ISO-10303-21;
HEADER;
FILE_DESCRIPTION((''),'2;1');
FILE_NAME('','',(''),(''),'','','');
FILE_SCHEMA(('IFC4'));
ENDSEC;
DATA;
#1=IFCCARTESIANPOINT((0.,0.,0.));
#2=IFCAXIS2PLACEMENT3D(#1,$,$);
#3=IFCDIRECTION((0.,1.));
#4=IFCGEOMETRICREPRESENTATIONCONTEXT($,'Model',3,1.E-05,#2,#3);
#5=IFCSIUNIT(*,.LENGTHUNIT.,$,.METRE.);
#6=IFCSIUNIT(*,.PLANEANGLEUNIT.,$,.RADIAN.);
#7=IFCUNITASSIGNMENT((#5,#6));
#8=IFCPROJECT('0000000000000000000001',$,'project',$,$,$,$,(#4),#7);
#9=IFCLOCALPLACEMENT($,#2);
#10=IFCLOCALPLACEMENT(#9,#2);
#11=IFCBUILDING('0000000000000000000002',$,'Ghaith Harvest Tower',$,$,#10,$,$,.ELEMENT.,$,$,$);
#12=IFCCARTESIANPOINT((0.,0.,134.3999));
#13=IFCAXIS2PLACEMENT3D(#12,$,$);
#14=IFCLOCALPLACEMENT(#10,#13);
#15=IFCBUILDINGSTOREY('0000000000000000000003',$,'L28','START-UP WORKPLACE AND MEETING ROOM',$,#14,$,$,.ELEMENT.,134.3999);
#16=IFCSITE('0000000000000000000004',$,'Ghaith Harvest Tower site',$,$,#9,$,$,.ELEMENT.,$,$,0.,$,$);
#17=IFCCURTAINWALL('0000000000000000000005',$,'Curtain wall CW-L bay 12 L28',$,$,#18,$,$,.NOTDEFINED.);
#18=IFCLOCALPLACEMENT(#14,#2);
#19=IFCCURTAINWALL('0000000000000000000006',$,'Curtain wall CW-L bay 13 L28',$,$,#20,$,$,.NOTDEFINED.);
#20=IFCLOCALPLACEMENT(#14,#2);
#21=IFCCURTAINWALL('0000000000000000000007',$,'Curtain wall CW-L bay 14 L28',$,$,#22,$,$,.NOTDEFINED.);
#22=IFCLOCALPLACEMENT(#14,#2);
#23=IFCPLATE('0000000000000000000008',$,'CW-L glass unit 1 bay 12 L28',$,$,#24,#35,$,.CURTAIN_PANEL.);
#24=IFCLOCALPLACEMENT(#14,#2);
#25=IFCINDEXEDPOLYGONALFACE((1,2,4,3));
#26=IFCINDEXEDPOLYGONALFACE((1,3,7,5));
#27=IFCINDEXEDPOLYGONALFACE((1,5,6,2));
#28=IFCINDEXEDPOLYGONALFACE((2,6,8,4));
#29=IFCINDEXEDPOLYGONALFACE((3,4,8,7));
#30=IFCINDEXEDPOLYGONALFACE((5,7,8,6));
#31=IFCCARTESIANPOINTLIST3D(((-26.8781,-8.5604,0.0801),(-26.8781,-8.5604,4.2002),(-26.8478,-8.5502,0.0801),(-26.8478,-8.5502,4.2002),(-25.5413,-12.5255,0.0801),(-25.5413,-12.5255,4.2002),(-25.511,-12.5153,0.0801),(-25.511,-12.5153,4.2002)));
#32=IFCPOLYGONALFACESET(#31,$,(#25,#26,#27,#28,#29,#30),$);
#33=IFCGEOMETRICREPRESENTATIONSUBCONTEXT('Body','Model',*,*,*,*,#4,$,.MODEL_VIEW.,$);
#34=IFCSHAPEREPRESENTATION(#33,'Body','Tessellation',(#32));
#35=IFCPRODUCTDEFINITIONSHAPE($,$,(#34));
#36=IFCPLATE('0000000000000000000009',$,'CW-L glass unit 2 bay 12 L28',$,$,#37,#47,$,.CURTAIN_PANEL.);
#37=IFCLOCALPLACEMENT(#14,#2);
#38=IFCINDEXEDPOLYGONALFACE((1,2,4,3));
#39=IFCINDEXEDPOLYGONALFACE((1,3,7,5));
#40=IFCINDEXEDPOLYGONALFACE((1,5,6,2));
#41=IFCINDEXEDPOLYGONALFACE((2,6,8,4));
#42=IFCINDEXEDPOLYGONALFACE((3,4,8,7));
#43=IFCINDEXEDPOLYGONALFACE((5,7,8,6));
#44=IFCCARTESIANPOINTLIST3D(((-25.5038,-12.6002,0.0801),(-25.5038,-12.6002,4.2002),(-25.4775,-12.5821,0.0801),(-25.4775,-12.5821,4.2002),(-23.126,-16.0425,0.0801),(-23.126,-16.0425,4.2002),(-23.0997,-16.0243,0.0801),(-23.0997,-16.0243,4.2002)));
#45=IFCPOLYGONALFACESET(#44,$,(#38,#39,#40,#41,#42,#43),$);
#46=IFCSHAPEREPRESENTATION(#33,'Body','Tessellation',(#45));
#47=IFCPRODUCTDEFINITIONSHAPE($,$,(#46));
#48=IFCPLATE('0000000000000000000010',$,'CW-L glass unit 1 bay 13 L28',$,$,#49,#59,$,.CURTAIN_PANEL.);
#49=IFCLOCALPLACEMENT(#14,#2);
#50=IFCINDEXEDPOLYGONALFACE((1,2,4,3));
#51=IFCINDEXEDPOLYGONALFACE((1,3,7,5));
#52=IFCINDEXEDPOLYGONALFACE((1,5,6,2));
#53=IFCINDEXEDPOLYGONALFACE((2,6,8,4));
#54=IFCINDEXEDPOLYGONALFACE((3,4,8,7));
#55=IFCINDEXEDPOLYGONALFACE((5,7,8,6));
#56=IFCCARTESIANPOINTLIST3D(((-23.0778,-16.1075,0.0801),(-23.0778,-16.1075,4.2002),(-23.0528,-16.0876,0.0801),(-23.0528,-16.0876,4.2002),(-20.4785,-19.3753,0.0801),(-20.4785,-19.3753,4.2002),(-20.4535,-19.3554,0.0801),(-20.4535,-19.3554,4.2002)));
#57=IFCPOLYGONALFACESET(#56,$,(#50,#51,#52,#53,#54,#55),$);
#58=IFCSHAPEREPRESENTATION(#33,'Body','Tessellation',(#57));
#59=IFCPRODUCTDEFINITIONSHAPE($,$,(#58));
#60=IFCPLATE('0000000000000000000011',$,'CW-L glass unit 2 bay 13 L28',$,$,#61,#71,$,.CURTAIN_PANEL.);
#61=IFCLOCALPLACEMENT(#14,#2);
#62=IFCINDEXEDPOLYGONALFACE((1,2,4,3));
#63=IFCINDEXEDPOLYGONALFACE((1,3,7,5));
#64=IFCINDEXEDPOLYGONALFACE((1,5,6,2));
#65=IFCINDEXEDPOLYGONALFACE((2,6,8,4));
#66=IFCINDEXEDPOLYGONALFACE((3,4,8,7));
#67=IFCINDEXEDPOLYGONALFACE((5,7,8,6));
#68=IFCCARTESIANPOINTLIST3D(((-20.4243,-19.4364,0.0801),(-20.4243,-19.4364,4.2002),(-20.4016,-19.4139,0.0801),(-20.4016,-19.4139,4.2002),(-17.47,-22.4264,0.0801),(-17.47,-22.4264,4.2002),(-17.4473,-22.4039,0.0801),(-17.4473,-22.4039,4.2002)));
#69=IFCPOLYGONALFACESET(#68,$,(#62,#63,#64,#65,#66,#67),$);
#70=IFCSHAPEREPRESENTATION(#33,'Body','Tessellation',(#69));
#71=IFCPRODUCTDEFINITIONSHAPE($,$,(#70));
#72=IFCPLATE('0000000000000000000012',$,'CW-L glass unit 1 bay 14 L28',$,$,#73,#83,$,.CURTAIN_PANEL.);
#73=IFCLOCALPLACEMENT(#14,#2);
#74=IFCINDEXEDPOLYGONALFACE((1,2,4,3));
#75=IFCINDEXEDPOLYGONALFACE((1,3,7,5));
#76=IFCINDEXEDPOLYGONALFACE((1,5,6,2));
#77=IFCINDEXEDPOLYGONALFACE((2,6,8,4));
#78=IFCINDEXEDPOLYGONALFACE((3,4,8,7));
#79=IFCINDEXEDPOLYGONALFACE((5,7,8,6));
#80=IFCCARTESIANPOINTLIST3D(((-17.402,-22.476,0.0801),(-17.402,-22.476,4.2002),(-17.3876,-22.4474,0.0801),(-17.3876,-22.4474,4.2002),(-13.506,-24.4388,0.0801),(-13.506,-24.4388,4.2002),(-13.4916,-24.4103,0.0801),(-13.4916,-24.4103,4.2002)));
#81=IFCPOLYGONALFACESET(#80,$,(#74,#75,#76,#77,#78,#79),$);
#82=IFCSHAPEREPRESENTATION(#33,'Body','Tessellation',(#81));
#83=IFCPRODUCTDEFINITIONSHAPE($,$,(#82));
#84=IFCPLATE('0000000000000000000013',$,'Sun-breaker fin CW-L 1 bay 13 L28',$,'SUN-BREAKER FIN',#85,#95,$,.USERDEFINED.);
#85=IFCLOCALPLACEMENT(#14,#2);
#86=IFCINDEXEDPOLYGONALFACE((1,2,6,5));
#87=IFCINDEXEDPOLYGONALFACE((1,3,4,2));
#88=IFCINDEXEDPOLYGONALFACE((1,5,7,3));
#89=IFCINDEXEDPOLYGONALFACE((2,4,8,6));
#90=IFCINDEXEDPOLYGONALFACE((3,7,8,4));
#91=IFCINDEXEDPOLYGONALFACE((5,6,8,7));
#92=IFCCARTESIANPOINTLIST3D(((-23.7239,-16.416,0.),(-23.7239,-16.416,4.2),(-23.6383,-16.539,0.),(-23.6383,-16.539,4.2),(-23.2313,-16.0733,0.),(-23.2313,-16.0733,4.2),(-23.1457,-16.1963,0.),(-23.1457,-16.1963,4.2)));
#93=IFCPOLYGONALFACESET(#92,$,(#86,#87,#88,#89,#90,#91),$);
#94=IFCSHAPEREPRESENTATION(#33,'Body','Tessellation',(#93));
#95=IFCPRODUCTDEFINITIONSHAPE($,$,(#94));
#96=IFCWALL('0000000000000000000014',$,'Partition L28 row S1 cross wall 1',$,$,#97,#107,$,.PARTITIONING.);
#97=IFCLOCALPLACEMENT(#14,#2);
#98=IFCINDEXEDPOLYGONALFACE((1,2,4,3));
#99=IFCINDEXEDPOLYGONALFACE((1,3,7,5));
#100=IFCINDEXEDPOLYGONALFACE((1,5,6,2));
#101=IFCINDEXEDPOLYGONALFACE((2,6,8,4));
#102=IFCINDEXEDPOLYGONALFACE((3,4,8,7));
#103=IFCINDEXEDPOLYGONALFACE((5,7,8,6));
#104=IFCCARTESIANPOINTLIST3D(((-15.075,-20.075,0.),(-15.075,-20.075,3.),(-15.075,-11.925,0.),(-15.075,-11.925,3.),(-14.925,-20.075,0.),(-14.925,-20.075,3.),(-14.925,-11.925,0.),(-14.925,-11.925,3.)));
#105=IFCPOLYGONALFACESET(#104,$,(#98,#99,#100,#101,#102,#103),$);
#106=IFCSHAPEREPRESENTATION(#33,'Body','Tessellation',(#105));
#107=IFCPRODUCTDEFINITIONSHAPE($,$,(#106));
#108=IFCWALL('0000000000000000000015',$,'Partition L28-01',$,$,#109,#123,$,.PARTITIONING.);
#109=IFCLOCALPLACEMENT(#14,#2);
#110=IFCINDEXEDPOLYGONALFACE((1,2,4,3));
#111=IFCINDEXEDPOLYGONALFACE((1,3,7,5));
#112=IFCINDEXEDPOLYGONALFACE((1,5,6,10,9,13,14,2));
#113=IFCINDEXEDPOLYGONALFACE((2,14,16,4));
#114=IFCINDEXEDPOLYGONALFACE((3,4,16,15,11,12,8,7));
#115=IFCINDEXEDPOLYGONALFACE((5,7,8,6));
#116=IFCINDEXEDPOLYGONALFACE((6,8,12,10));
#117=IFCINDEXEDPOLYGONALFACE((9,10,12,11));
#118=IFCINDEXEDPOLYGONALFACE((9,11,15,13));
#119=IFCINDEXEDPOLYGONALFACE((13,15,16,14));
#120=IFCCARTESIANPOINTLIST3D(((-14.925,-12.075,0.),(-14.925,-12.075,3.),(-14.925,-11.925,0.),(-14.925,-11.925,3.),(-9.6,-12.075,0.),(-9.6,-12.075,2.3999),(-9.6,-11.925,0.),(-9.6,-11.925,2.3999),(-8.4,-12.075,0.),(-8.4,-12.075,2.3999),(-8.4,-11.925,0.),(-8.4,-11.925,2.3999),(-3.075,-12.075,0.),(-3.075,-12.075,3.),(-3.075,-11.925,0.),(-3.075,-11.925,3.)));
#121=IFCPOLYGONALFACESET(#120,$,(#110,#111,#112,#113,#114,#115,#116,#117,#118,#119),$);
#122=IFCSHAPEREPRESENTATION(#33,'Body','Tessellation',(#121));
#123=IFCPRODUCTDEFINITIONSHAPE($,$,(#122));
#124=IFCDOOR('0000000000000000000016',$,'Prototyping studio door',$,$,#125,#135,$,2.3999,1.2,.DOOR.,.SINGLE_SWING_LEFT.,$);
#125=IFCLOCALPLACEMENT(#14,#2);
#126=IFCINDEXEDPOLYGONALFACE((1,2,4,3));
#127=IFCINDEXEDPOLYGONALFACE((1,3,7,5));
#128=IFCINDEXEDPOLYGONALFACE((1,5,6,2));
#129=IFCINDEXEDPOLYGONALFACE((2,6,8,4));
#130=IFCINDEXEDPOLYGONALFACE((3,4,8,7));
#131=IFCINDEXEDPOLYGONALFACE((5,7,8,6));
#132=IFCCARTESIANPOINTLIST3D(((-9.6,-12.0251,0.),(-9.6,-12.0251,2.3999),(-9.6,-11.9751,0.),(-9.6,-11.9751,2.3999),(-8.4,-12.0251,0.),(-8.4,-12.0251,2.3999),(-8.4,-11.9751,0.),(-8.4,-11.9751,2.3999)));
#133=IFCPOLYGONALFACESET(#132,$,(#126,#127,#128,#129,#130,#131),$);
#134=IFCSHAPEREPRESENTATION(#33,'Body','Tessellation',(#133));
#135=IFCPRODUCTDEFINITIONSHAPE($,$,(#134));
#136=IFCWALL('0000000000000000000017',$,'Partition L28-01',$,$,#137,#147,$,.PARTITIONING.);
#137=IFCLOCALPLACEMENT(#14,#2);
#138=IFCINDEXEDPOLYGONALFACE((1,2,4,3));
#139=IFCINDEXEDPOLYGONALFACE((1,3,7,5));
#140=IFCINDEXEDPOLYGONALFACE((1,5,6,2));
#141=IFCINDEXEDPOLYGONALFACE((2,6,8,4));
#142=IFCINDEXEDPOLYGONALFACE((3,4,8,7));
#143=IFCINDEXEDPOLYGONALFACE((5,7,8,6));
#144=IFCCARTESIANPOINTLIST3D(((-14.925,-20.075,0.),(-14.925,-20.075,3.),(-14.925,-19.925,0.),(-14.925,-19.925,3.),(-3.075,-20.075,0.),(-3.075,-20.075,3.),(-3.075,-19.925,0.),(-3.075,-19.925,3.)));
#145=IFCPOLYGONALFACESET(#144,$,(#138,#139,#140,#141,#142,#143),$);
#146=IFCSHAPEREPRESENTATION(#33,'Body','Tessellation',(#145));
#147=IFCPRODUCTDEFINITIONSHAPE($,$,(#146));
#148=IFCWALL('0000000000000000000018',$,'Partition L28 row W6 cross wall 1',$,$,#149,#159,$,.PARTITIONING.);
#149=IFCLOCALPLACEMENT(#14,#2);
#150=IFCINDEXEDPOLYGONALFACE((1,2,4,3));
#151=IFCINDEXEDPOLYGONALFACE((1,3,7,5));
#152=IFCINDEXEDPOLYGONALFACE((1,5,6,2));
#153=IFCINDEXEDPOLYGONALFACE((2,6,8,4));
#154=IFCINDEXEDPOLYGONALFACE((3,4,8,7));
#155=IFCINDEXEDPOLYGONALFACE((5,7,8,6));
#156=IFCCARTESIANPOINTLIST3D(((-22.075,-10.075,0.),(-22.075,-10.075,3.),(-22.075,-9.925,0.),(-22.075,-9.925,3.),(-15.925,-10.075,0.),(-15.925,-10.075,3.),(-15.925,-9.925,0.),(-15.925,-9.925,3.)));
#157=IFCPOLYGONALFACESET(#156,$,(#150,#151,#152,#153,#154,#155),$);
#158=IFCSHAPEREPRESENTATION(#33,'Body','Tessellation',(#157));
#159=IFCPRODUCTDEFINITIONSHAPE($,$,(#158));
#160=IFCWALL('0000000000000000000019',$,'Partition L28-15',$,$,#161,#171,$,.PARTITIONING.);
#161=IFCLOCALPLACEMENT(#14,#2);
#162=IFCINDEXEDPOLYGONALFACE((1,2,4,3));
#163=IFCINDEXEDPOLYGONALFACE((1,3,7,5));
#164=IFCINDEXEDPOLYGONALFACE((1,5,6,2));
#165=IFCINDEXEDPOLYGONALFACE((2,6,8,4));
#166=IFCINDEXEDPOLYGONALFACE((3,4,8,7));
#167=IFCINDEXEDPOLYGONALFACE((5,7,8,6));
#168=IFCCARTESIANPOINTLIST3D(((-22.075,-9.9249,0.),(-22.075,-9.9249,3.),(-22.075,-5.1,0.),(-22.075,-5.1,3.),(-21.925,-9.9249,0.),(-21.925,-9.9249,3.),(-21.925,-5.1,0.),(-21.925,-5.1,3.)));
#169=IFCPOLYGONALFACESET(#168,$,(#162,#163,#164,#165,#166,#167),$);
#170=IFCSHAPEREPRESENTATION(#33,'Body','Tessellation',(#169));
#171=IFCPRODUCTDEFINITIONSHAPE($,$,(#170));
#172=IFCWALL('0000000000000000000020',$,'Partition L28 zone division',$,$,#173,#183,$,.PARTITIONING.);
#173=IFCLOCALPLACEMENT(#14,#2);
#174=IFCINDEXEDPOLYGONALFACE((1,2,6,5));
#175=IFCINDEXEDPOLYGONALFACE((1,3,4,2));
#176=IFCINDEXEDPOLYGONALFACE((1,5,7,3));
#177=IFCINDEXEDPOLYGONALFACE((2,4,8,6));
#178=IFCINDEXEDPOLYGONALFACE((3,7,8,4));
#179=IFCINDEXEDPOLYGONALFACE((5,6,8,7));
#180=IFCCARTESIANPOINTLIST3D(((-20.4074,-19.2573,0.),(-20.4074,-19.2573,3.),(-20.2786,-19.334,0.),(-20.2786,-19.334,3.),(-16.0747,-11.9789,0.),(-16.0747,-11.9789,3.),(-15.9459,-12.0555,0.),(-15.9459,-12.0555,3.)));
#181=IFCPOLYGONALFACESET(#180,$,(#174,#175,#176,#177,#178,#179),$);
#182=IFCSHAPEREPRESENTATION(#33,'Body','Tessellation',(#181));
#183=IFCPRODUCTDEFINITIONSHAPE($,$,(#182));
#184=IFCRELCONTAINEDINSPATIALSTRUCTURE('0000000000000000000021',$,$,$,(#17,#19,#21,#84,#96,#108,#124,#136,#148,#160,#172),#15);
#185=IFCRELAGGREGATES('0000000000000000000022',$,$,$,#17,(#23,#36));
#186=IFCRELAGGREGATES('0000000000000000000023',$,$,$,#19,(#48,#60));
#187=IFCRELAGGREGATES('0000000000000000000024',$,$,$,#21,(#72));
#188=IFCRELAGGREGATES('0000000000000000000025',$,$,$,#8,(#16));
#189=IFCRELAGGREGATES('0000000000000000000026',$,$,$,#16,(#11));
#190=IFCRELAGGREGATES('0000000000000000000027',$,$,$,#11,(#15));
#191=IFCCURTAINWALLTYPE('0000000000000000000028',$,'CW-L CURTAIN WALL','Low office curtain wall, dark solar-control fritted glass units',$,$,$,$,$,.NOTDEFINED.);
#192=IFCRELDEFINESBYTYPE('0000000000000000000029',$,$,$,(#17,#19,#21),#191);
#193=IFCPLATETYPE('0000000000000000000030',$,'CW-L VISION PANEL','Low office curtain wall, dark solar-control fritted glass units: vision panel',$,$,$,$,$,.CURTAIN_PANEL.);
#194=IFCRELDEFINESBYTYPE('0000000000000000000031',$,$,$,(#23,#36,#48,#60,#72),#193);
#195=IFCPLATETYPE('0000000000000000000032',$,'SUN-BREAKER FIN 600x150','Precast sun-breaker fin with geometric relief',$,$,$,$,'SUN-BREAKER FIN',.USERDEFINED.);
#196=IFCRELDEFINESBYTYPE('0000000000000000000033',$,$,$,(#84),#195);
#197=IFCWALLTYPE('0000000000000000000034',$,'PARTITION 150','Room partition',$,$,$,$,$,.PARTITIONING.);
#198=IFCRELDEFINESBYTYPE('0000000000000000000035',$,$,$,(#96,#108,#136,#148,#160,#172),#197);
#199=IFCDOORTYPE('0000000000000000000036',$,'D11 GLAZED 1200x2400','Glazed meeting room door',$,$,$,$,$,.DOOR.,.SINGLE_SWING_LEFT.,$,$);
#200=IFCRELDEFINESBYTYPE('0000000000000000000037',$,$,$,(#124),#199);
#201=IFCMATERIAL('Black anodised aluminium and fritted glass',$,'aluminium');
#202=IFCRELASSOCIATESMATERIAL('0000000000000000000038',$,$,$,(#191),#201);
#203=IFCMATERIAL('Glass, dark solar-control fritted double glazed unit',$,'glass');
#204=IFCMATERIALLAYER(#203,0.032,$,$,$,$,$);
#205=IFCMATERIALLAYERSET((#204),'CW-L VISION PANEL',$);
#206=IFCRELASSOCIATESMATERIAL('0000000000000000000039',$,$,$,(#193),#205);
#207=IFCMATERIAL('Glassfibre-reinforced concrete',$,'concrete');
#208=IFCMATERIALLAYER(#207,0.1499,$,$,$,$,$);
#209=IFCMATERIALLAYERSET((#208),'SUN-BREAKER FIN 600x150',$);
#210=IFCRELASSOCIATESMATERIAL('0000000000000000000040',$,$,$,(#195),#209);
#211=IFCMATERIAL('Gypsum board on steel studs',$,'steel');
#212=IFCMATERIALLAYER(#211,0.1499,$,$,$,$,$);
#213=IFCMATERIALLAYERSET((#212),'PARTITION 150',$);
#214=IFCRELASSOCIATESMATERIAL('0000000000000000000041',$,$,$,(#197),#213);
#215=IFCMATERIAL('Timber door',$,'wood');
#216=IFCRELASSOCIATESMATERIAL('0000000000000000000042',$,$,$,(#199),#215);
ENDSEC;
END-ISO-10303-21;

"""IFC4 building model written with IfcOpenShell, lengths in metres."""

from ifc_helpers import new_model, si_unit, direction, frame, frame_2d, origin, origin_2d, place, context, subcontext, project, spatial, rectangle, extrude, material, layer, layer_set, type_object, element, fill, aggregate, save


model = new_model("IFC4")

# Units and contexts
model_context = context("Model", 3, precision=1e-05, world=origin(), true_north=direction((0.0, 1.0)))
body_context = subcontext(model_context, "Body", "Model", "MODEL_VIEW")
ifc_project = project(units=[si_unit("LENGTHUNIT", "METRE"), si_unit("PLANEANGLEUNIT", "RADIAN")], contexts=[model_context])

# Site, building, storey
site_placement = place(None, origin())
site = spatial("IfcSite", under=ifc_project, at=site_placement, Name="Ghaith Harvest Tower site", CompositionType="ELEMENT", RefElevation=0.0)
building_placement = place(site_placement, origin())
building = spatial("IfcBuilding", under=site, at=building_placement, Name="Ghaith Harvest Tower", CompositionType="ELEMENT")
storey_placement = place(building_placement, frame((0.0, 0.0, 134.3999)))
storey = spatial("IfcBuildingStorey", under=building, at=storey_placement, Name="L28", Description="START-UP WORKPLACE AND MEETING ROOM", CompositionType="ELEMENT", Elevation=134.3999)

# Curtain wall
ifc_material_1 = material(Name="Black anodised aluminium and fritted glass", Category="aluminium")
curtain_wall_type = type_object("IfcCurtainWallType", Name="CW-L CURTAIN WALL", Description="Low office curtain wall, dark solar-control fritted glass units", PredefinedType="NOTDEFINED", material=ifc_material_1)
curtain_wall_1_placement = place(storey_placement, origin())
curtain_wall_1 = element("IfcCurtainWall", 1, at=curtain_wall_1_placement, inside=storey, type_object=curtain_wall_type, Name="Curtain wall CW-L bay 12 L28", PredefinedType="NOTDEFINED")

# Curtain wall
curtain_wall_2_placement = place(storey_placement, origin())
curtain_wall_2 = element("IfcCurtainWall", 2, at=curtain_wall_2_placement, inside=storey, type_object=curtain_wall_type, Name="Curtain wall CW-L bay 13 L28", PredefinedType="NOTDEFINED")

# Curtain wall
curtain_wall_3_placement = place(storey_placement, origin())
curtain_wall_3 = element("IfcCurtainWall", 3, at=curtain_wall_3_placement, inside=storey, type_object=curtain_wall_type, Name="Curtain wall CW-L bay 14 L28", PredefinedType="NOTDEFINED")

# Plates
ifc_material_2 = material(Name="Glass, dark solar-control fritted double glazed unit", Category="glass")
ifc_layer_1 = layer(ifc_material_2, 0.032)
ifc_layer_set_1 = layer_set([ifc_layer_1], Name="CW-L VISION PANEL")
plate_type_1 = type_object("IfcPlateType", Name="CW-L VISION PANEL", Description="Low office curtain wall, dark solar-control fritted glass units: vision panel", PredefinedType="CURTAIN_PANEL", material=ifc_layer_set_1)
plate_1_placement = place(storey_placement, frame((-26.1946, -10.5378, 0.0801), z_axis=(0.0, 0.0, 1.0), x_axis=(0.319477, -0.947594, 0.0)))
plate_1 = element("IfcPlate", 4, at=plate_1_placement, type_object=plate_type_1, Name="CW-L glass unit 1 bay 12 L28", PredefinedType="CURTAIN_PANEL", context=body_context, shape_type="SweptSolid", body=[
    extrude(rectangle(XDim=4.1843, YDim=0.032, at=origin_2d()), origin(), (0.0, 0.0, 1.0), 4.1201),
])
plate_2_placement = place(storey_placement, frame((-24.3018, -14.3123, 0.0801), z_axis=(0.0, 0.0, 1.0), x_axis=(0.568348, -0.822788, 0.0)))
plate_2 = element("IfcPlate", 5, at=plate_2_placement, type_object=plate_type_1, Name="CW-L glass unit 2 bay 12 L28", PredefinedType="CURTAIN_PANEL", context=body_context, shape_type="SweptSolid", body=[
    extrude(rectangle(XDim=4.1836, YDim=0.032, at=origin_2d()), origin(), (0.0, 0.0, 1.0), 4.1201),
])
aggregate(curtain_wall_1, [plate_1, plate_2])
plate_3_placement = place(storey_placement, frame((-21.7656, -17.7314, 0.0801), z_axis=(0.0, 0.0, 1.0), x_axis=(0.622507, -0.782614, 0.0)))
plate_3 = element("IfcPlate", 6, at=plate_3_placement, type_object=plate_type_1, Name="CW-L glass unit 1 bay 13 L28", PredefinedType="CURTAIN_PANEL", context=body_context, shape_type="SweptSolid", body=[
    extrude(rectangle(XDim=4.1755, YDim=0.032, at=origin_2d()), origin(), (0.0, 0.0, 1.0), 4.1201),
])
plate_4_placement = place(storey_placement, frame((-18.9358, -20.9202, 0.0801), z_axis=(0.0, 0.0, 1.0), x_axis=(0.702843, -0.711345, 0.0)))
plate_4 = element("IfcPlate", 7, at=plate_4_placement, type_object=plate_type_1, Name="CW-L glass unit 2 bay 13 L28", PredefinedType="CURTAIN_PANEL", context=body_context, shape_type="SweptSolid", body=[
    extrude(rectangle(XDim=4.2034, YDim=0.032, at=origin_2d()), origin(), (0.0, 0.0, 1.0), 4.1201),
])
aggregate(curtain_wall_2, [plate_3, plate_4])
plate_5_placement = place(storey_placement, frame((-15.4468, -23.4431, 0.0801), z_axis=(0.0, 0.0, 1.0), x_axis=(0.893062, -0.449933, 0.0)))
plate_5 = element("IfcPlate", 8, at=plate_5_placement, type_object=plate_type_1, Name="CW-L glass unit 1 bay 14 L28", PredefinedType="CURTAIN_PANEL", context=body_context, shape_type="SweptSolid", body=[
    extrude(rectangle(XDim=4.3625, YDim=0.032, at=origin_2d()), origin(), (0.0, 0.0, 1.0), 4.1201),
])
aggregate(curtain_wall_3, [plate_5])
ifc_material_3 = material(Name="Glassfibre-reinforced concrete", Category="concrete")
ifc_layer_2 = layer(ifc_material_3, 0.1499)
ifc_layer_set_2 = layer_set([ifc_layer_2], Name="SUN-BREAKER FIN 600x150")
plate_type_2 = type_object("IfcPlateType", Name="SUN-BREAKER FIN 600x150", Description="Precast sun-breaker fin with geometric relief", ElementType="SUN-BREAKER FIN", PredefinedType="USERDEFINED", material=ifc_layer_set_2)
plate_6_placement = place(storey_placement, frame((-23.4348, -16.3062, 0.0), z_axis=(0.0, 0.0, 1.0), x_axis=(-0.820845, -0.57115, 0.0)))
element("IfcPlate", 9, at=plate_6_placement, inside=storey, type_object=plate_type_2, Name="Sun-breaker fin CW-L 1 bay 13 L28", ObjectType="SUN-BREAKER FIN", PredefinedType="USERDEFINED", context=body_context, shape_type="SweptSolid", body=[
    extrude(rectangle(XDim=0.6001, YDim=0.1499, at=origin_2d()), origin(), (0.0, 0.0, 1.0), 4.2),
])

# Wall
ifc_material_4 = material(Name="Gypsum board on steel studs", Category="steel")
ifc_layer_3 = layer(ifc_material_4, 0.1499)
ifc_layer_set_3 = layer_set([ifc_layer_3], Name="PARTITION 150")
wall_type = type_object("IfcWallType", Name="PARTITION 150", Description="Room partition", PredefinedType="PARTITIONING", material=ifc_layer_set_3)
wall_1_placement = place(storey_placement, frame((-15.0, -11.925, 0.0), z_axis=(0.0, 0.0, 1.0), x_axis=(0.0, -1.0, 0.0)))
element("IfcWall", 10, at=wall_1_placement, inside=storey, type_object=wall_type, Name="Partition L28 row S1 cross wall 1", PredefinedType="PARTITIONING", context=body_context, shape_type="SweptSolid", body=[
    extrude(rectangle(XDim=8.1499, YDim=0.1499, at=frame_2d((4.075, 0.0))), origin(), (0.0, 0.0, 1.0), 3.0),
])

# Wall, opening, door
wall_2_placement = place(storey_placement, frame((-14.925, -12.0, 0.0), z_axis=(0.0, 0.0, 1.0), x_axis=(1.0, 0.0, 0.0)))
wall_2 = element("IfcWall", 11, at=wall_2_placement, inside=storey, type_object=wall_type, Name="Partition L28-01", PredefinedType="PARTITIONING", context=body_context, shape_type="SweptSolid", body=[
    extrude(rectangle(XDim=11.8501, YDim=0.1499, at=frame_2d((5.925, 0.0))), origin(), (0.0, 0.0, 1.0), 3.0),
])
opening_placement = place(wall_2_placement, frame((5.325, 0.0, 0.0)))
opening = element("IfcOpeningElement", 12, at=opening_placement, cuts=wall_2, PredefinedType="OPENING", context=body_context, shape_type="SweptSolid", body=[
    extrude(rectangle(XDim=1.2, YDim=2.3999, at=frame_2d((0.6001, 1.2))), frame((0.0, 0.085, 0.0), z_axis=(0.0, -1.0, 0.0), x_axis=(1.0, 0.0, 0.0)), (0.0, 0.0, 1.0), 0.1699),
])
ifc_material_5 = material(Name="Timber door", Category="wood")
door_type = type_object("IfcDoorType", Name="D11 GLAZED 1200x2400", Description="Glazed meeting room door", OperationType="SINGLE_SWING_LEFT", PredefinedType="DOOR", material=ifc_material_5)
door_placement = place(opening_placement, origin())
door = element("IfcDoor", 13, at=door_placement, inside=storey, type_object=door_type, Name="Prototyping studio door", OperationType="SINGLE_SWING_LEFT", OverallHeight=2.3999, OverallWidth=1.2, PredefinedType="DOOR", context=body_context, shape_type="SweptSolid", body=[
    extrude(rectangle(XDim=1.2, YDim=2.3999, at=frame_2d((0.6001, 1.2))), frame((0.0, 0.0249, 0.0), z_axis=(0.0, -1.0, 0.0), x_axis=(1.0, 0.0, 0.0)), (0.0, 0.0, 1.0), 0.05),
])
fill(opening, door)

# Walls
wall_3_placement = place(storey_placement, frame((-14.925, -20.0, 0.0), z_axis=(0.0, 0.0, 1.0), x_axis=(1.0, 0.0, 0.0)))
element("IfcWall", 14, at=wall_3_placement, inside=storey, type_object=wall_type, Name="Partition L28-01", PredefinedType="PARTITIONING", context=body_context, shape_type="SweptSolid", body=[
    extrude(rectangle(XDim=11.8501, YDim=0.1499, at=frame_2d((5.925, 0.0))), origin(), (0.0, 0.0, 1.0), 3.0),
])
wall_4_placement = place(storey_placement, frame((-15.925, -10.0, 0.0), z_axis=(0.0, 0.0, 1.0), x_axis=(-1.0, 0.0, 0.0)))
element("IfcWall", 15, at=wall_4_placement, inside=storey, type_object=wall_type, Name="Partition L28 row W6 cross wall 1", PredefinedType="PARTITIONING", context=body_context, shape_type="SweptSolid", body=[
    extrude(rectangle(XDim=6.1499, YDim=0.1499, at=frame_2d((3.075, 0.0))), origin(), (0.0, 0.0, 1.0), 3.0),
])
wall_5_placement = place(storey_placement, frame((-22.0, -9.925, 0.0), z_axis=(0.0, 0.0, 1.0), x_axis=(0.0, 1.0, 0.0)))
element("IfcWall", 16, at=wall_5_placement, inside=storey, type_object=wall_type, Name="Partition L28-15", PredefinedType="PARTITIONING", context=body_context, shape_type="SweptSolid", body=[
    extrude(rectangle(XDim=4.825, YDim=0.1499, at=frame_2d((2.4126, 0.0))), origin(), (0.0, 0.0, 1.0), 3.0),
])
wall_6_placement = place(storey_placement, frame((-16.0103, -12.0171, 0.0), z_axis=(0.0, 0.0, 1.0), x_axis=(-0.511509, -0.859278, 0.0)))
element("IfcWall", 17, at=wall_6_placement, inside=storey, type_object=wall_type, Name="Partition L28 zone division", PredefinedType="PARTITIONING", context=body_context, shape_type="SweptSolid", body=[
    extrude(rectangle(XDim=8.4705, YDim=0.1499, at=frame_2d((4.2354, 0.0))), origin(), (0.0, 0.0, 1.0), 3.0),
])

save(model, "model.ifc")
